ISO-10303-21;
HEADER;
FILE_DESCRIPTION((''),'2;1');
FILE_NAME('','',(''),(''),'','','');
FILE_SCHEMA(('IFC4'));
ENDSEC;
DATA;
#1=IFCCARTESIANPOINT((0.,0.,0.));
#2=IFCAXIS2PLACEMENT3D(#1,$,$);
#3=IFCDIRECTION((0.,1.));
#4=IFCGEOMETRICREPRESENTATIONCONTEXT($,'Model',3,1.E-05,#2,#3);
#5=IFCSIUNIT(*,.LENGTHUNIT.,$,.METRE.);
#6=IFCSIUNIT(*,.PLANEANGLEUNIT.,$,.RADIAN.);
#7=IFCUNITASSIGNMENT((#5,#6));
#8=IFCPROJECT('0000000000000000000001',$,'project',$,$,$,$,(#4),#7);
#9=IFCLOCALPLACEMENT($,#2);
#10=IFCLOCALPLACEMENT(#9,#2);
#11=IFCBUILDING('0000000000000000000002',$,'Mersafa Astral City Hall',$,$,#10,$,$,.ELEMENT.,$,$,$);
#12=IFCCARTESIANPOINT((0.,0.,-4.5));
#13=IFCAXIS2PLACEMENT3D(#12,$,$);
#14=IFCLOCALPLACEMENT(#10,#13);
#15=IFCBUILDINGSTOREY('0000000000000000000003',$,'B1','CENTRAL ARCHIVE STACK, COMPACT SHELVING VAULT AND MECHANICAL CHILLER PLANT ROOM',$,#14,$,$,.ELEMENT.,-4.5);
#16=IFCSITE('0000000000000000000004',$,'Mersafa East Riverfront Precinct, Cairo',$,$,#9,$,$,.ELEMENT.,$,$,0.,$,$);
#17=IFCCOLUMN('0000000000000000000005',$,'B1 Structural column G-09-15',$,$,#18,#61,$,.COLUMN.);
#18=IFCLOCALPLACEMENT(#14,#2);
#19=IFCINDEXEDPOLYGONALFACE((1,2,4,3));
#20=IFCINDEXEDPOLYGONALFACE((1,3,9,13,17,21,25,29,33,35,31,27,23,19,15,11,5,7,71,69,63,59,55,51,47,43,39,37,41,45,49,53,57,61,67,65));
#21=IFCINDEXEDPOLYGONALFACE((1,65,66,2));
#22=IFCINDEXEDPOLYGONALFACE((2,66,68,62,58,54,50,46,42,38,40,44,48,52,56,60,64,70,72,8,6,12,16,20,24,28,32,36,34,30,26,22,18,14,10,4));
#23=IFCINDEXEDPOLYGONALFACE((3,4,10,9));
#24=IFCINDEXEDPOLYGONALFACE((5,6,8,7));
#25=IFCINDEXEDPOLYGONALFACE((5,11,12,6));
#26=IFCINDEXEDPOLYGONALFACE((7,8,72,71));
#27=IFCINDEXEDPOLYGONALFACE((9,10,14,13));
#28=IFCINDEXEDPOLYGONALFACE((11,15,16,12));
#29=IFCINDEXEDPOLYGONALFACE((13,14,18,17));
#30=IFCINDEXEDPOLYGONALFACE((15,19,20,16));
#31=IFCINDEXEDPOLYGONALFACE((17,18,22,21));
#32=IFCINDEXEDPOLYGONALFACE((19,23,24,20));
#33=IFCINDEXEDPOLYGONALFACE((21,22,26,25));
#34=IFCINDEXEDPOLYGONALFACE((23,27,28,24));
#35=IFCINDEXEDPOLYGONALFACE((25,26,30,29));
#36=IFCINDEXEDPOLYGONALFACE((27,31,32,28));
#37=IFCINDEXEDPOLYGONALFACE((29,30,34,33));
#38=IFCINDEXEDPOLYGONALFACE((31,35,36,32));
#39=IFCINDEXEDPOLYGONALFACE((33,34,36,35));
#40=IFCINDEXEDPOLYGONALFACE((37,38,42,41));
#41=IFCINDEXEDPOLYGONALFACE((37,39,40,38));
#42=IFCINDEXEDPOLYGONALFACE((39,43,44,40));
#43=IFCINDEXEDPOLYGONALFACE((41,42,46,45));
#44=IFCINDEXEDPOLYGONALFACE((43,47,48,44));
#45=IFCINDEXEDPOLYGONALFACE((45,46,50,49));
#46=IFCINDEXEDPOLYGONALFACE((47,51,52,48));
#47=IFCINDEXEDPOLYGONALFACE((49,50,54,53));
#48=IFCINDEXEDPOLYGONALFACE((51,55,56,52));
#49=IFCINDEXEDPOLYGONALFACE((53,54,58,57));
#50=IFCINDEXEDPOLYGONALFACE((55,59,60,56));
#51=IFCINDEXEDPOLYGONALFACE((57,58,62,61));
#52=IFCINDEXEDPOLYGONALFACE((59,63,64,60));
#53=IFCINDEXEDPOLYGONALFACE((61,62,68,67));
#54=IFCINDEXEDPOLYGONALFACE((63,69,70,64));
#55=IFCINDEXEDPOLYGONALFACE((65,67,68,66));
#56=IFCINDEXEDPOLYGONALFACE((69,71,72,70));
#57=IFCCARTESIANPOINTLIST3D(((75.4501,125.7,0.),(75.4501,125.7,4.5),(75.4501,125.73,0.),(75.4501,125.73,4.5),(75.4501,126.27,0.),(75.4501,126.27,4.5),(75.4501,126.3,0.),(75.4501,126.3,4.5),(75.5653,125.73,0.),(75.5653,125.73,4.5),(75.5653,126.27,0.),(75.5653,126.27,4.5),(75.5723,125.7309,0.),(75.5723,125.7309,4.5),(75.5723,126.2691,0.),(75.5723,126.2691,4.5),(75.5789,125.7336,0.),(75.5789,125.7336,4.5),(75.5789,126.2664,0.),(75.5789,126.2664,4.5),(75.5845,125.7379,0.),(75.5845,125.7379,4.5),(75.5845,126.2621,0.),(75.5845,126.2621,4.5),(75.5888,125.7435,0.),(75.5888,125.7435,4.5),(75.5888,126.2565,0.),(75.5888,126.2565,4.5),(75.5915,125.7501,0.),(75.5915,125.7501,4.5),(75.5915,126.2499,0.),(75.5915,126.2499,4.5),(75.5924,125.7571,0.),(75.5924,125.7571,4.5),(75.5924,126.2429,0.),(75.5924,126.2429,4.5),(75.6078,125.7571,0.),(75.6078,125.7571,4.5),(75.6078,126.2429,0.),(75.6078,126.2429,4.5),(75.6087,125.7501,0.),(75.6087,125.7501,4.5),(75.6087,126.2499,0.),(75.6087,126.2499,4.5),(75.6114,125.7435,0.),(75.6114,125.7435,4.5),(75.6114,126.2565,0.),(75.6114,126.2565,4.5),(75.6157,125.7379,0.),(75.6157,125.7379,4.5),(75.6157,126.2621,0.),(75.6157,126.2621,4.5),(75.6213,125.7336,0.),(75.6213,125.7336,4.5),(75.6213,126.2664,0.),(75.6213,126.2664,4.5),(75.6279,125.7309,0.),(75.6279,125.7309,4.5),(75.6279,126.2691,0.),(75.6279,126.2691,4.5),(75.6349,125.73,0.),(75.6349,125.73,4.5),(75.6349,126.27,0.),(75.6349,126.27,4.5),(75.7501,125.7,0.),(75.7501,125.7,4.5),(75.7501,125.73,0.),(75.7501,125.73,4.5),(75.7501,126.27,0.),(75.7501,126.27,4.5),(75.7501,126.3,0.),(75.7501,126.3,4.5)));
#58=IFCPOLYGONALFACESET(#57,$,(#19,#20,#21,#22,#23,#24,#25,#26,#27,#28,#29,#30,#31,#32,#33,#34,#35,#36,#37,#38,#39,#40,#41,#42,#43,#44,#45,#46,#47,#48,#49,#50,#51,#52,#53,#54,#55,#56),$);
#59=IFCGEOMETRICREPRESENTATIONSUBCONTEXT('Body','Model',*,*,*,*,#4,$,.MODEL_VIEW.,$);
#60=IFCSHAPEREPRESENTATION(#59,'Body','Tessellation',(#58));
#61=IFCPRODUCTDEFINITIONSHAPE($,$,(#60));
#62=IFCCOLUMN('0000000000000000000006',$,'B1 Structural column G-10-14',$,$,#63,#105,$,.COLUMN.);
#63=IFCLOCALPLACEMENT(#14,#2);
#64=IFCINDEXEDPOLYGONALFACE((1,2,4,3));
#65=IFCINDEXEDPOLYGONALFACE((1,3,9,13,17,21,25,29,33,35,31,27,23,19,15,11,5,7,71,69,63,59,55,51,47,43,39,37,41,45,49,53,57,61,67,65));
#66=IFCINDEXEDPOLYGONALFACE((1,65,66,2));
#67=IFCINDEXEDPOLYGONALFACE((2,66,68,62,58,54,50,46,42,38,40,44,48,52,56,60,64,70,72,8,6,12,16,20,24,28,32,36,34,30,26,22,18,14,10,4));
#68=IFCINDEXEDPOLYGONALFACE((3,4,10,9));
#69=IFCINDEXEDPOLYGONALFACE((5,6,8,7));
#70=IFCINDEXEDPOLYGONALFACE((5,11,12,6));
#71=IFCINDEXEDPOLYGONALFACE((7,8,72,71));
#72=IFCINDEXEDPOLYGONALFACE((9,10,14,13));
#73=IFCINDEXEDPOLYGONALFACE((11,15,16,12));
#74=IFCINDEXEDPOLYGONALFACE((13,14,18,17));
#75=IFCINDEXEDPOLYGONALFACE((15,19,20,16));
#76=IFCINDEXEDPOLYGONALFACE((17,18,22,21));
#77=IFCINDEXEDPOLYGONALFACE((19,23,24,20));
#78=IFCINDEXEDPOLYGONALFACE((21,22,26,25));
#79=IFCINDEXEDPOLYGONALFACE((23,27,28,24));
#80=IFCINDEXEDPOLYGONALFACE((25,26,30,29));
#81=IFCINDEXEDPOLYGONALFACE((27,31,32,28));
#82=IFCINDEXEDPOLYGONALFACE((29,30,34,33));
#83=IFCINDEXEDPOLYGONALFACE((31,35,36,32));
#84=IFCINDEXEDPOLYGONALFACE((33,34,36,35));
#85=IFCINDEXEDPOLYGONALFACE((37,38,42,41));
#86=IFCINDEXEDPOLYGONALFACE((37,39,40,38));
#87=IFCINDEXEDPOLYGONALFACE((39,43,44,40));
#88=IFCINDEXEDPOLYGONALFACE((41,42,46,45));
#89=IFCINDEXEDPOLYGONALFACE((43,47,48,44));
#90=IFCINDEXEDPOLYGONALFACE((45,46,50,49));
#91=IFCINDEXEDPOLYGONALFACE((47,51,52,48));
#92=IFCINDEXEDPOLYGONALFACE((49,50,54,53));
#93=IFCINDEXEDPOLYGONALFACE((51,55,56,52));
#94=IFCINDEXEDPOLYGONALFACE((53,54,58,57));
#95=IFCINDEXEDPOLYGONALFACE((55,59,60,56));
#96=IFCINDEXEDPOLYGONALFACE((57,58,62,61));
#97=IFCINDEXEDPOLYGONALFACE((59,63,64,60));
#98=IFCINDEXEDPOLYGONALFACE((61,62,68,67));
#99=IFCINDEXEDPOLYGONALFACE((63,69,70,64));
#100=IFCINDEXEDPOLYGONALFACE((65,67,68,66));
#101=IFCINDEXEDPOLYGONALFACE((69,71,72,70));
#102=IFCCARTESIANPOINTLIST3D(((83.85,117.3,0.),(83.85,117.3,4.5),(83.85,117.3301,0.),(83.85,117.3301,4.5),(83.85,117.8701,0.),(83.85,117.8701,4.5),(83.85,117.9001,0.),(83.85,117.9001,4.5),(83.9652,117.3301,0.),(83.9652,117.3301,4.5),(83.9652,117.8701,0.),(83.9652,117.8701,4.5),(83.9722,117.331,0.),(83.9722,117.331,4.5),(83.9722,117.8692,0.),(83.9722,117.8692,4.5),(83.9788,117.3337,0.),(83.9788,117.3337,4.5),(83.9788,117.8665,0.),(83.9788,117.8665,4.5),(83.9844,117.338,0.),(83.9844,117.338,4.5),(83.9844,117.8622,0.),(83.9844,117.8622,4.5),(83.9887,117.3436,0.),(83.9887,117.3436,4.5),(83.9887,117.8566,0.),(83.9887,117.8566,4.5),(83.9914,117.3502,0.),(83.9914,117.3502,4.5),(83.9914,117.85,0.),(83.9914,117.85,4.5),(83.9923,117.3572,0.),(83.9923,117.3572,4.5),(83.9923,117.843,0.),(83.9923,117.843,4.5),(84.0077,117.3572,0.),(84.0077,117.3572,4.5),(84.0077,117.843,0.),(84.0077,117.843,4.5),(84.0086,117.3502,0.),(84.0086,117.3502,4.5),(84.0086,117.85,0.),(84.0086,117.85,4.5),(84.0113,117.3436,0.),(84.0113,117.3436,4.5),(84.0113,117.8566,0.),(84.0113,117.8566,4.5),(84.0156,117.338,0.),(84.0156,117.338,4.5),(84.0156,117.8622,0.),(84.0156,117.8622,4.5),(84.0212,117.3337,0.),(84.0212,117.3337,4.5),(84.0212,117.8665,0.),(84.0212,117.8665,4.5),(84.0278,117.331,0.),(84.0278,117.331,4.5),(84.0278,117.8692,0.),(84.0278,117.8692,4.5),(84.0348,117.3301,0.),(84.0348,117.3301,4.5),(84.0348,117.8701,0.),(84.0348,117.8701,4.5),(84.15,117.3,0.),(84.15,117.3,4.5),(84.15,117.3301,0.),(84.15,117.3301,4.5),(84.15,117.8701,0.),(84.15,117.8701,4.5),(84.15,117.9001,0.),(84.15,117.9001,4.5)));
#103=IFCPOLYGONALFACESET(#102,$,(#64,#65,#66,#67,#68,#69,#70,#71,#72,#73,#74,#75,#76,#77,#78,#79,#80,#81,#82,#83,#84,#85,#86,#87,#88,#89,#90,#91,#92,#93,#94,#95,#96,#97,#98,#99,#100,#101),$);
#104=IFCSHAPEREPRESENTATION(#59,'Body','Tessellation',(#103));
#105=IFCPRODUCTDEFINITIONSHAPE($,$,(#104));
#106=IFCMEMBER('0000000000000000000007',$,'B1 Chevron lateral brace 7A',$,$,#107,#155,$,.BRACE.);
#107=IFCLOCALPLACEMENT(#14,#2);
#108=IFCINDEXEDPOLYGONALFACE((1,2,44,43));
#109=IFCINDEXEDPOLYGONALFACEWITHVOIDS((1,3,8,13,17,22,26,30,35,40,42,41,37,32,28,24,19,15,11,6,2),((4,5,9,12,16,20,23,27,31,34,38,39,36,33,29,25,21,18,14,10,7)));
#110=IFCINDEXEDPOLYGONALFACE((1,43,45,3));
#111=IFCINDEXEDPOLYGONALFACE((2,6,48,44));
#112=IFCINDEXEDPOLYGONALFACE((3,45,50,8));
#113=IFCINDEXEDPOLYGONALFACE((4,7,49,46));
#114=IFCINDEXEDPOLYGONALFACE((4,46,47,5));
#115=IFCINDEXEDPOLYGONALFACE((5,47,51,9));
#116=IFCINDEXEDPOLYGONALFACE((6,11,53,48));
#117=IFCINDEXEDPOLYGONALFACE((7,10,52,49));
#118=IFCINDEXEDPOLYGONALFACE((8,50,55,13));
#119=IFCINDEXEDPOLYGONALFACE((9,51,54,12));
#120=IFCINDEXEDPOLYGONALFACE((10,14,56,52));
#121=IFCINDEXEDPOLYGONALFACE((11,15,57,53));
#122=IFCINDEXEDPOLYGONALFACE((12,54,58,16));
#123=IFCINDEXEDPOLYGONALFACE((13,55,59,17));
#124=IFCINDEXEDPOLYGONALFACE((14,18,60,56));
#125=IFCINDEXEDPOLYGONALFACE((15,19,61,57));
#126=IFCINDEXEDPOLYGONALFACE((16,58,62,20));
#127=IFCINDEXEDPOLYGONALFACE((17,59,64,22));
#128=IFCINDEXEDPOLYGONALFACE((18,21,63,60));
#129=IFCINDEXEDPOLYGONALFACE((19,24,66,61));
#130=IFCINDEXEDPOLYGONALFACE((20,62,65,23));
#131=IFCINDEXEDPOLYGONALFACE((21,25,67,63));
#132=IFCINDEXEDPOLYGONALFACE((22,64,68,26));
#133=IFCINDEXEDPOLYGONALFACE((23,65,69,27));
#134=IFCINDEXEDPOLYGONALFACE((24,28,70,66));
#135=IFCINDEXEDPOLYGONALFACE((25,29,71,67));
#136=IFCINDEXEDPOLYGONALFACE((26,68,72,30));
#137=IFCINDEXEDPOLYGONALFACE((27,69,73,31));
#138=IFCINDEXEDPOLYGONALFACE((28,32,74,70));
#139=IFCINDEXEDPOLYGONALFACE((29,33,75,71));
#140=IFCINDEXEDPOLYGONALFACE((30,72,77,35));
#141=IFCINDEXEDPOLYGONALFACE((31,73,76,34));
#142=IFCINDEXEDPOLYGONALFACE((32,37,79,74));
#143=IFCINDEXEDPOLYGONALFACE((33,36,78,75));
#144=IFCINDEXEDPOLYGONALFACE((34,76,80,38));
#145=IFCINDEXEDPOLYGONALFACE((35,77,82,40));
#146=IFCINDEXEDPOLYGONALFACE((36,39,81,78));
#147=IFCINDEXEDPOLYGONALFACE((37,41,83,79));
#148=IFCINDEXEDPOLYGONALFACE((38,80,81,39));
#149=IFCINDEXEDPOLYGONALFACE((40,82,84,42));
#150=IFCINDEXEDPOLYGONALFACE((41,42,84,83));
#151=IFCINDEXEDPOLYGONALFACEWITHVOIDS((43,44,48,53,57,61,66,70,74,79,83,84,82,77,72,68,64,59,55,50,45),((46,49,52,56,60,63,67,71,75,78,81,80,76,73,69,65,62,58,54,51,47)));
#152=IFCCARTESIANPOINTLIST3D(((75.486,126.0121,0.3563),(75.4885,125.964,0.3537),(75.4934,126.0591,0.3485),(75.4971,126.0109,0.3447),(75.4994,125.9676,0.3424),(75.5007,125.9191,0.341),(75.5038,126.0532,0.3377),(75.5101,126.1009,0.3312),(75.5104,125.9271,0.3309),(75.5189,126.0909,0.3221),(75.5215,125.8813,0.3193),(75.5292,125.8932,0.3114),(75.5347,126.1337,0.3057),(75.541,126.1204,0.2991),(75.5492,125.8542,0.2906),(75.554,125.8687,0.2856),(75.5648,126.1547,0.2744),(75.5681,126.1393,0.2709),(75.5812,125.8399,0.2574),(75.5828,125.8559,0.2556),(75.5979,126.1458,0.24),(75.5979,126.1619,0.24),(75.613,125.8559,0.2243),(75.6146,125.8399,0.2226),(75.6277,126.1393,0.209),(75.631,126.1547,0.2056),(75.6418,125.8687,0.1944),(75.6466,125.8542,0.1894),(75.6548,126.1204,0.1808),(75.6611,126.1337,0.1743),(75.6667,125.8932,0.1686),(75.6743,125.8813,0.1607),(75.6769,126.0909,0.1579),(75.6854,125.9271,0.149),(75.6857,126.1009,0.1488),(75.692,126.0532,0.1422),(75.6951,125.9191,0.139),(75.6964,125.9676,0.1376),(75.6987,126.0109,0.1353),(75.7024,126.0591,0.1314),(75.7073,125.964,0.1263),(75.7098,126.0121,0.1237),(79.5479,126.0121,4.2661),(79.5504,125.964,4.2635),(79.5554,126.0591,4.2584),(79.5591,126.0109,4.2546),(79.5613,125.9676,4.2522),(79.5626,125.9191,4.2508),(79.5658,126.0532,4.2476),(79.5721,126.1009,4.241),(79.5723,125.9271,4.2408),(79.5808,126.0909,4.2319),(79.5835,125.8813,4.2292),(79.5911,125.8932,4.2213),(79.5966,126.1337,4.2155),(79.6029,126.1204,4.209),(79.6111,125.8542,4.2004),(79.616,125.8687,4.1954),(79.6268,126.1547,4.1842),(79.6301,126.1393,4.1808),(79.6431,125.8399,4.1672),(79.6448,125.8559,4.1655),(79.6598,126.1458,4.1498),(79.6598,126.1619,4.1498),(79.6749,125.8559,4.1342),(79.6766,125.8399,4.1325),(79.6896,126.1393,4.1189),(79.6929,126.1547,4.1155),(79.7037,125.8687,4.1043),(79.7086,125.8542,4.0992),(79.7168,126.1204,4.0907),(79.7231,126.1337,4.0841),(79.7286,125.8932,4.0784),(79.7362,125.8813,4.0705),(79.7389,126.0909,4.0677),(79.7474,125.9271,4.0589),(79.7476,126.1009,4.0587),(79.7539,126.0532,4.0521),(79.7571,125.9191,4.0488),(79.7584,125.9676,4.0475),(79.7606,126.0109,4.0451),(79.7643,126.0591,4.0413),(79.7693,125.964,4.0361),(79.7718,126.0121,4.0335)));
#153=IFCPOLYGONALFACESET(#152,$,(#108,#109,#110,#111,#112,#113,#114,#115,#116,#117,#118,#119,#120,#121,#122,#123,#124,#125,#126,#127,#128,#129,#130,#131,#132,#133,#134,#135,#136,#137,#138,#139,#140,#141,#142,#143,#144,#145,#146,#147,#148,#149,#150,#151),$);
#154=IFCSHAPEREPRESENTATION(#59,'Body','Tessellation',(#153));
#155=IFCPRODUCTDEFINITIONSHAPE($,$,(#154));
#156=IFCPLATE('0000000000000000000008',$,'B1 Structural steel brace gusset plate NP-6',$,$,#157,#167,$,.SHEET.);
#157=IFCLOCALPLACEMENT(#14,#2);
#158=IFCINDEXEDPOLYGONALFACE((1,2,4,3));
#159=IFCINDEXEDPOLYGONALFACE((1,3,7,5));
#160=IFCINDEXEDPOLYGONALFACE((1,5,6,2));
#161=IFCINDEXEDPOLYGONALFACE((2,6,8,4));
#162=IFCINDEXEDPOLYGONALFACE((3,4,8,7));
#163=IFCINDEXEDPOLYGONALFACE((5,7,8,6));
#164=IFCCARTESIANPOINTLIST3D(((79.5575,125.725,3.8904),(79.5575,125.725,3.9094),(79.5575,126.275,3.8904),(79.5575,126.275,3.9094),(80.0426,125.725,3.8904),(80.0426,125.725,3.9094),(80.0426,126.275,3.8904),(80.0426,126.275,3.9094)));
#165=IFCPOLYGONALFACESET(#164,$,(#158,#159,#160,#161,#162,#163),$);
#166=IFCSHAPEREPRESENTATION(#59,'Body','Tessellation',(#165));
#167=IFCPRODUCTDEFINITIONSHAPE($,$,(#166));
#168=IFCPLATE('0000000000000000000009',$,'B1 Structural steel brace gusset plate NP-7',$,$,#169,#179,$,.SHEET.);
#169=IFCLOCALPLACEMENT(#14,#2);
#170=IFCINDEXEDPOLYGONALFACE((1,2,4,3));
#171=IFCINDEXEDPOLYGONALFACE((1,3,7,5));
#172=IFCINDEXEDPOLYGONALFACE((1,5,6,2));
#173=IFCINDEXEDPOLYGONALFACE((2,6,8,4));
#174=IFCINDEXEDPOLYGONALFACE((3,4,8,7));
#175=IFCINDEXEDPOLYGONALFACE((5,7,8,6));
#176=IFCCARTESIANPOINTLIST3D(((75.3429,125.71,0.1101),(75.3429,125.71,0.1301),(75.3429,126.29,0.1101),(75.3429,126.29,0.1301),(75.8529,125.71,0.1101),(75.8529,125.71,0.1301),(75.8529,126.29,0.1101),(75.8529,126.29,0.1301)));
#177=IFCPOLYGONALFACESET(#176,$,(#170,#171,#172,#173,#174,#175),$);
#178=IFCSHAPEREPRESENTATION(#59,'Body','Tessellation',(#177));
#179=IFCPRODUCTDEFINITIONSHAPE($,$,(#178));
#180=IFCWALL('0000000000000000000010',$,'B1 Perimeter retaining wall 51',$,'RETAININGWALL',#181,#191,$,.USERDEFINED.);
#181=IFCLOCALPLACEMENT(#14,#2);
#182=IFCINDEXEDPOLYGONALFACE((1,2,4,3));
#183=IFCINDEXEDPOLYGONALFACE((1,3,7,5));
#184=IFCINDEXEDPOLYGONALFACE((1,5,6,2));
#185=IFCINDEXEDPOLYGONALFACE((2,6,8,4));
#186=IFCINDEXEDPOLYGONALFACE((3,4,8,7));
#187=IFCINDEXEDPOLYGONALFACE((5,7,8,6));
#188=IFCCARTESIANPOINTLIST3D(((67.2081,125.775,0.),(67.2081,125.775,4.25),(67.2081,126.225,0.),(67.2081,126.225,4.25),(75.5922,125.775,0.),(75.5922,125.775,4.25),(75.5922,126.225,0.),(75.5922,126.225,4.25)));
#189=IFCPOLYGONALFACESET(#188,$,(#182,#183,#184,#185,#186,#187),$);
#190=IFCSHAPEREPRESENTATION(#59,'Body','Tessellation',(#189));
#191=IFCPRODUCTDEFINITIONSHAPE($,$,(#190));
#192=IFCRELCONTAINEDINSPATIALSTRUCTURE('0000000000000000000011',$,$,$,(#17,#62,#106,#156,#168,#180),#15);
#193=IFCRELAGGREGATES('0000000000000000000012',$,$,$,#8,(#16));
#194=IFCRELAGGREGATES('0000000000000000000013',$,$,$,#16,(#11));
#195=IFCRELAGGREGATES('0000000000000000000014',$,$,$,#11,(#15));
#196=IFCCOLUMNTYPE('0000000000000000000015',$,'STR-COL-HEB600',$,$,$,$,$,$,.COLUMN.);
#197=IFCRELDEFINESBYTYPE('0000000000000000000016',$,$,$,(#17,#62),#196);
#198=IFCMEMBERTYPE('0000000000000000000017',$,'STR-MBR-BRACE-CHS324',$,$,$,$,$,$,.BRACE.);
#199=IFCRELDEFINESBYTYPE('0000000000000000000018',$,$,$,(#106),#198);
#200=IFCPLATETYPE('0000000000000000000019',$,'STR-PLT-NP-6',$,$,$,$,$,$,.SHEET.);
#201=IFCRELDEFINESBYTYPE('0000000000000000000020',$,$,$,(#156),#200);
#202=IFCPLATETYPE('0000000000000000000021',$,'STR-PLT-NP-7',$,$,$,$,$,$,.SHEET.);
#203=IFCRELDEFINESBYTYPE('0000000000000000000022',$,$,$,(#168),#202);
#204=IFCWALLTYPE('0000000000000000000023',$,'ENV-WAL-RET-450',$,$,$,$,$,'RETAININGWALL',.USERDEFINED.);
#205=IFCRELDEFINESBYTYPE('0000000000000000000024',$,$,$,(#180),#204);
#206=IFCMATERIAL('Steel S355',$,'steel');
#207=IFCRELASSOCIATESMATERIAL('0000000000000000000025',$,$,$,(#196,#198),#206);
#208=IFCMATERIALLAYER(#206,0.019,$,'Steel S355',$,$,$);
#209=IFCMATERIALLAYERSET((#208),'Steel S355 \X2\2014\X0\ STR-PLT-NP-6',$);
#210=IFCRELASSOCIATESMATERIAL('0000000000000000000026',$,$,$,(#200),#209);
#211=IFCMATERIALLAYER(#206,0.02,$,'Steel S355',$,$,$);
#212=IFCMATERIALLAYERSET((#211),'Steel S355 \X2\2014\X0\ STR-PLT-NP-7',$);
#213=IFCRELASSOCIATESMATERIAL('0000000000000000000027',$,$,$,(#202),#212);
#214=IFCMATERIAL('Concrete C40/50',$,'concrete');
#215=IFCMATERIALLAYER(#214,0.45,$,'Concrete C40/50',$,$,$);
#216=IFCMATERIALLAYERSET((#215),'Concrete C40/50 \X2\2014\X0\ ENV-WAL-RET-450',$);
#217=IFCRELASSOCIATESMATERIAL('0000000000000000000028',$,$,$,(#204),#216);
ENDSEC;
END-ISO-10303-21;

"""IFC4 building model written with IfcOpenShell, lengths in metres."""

from ifc_helpers import new_model, si_unit, direction, frame, frame_2d, origin, origin_2d, place, context, subcontext, project, spatial, rectangle, hollow_circle, i_section, extrude, material, layer, layer_set, material_profile, profile_set, type_object, element, save


model = new_model("IFC4")

# Units and contexts
model_context = context("Model", 3, precision=1e-05, world=origin(), true_north=direction((0.0, 1.0)))
body_context = subcontext(model_context, "Body", "Model", "MODEL_VIEW")
ifc_project = project(units=[si_unit("LENGTHUNIT", "METRE"), si_unit("PLANEANGLEUNIT", "RADIAN")], contexts=[model_context])

# Site, building, storey
site_placement = place(None, origin())
site = spatial("IfcSite", under=ifc_project, at=site_placement, Name="Mersafa East Riverfront Precinct, Cairo", CompositionType="ELEMENT", RefElevation=0.0)
building_placement = place(site_placement, origin())
building = spatial("IfcBuilding", under=site, at=building_placement, Name="Mersafa Astral City Hall", CompositionType="ELEMENT")
storey_placement = place(building_placement, frame((0.0, 0.0, -4.5)))
storey = spatial("IfcBuildingStorey", under=building, at=storey_placement, Name="B1", Description="CENTRAL ARCHIVE STACK, COMPACT SHELVING VAULT AND MECHANICAL CHILLER PLANT ROOM", CompositionType="ELEMENT", Elevation=-4.5)

# Shared definitions
ifc_material_1 = material(Name="Concrete C40/50", Category="concrete")

# Columns
ifc_material_2 = material(Name="Steel S355", Category="steel")
ifc_material_profile_1 = material_profile(ifc_material_2, i_section(OverallWidth=0.3, OverallDepth=0.6001, WebThickness=0.0154, FlangeThickness=0.03, FilletRadius=0.0271, at=origin_2d()), Name="HEB 600")
ifc_profile_set_1 = profile_set([ifc_material_profile_1], Name="Steel S355")
column_type = type_object("IfcColumnType", Name="STR-COL-HEB600", PredefinedType="COLUMN", material=ifc_profile_set_1)
for number, where, z_axis, x_axis, name in (
    (1, (75.6001, 126.0, 0.0), (0.0, 0.0, 1.0), (1.0, 0.0, 0.0), "B1 Structural column G-09-15"),
    (2, (84.0, 117.6001, 0.0), (0.0, 0.0, 1.0), (1.0, 0.0, 0.0), "B1 Structural column G-10-14"),
):
    element("IfcColumn", number, at=place(storey_placement, frame(where, z_axis=z_axis, x_axis=x_axis)), inside=storey, type_object=column_type, Name=name, PredefinedType="COLUMN", context=body_context, shape_type="SweptSolid", body=[
        extrude(i_section(OverallWidth=0.3, OverallDepth=0.6001, WebThickness=0.0154, FlangeThickness=0.03, FilletRadius=0.0271, at=origin_2d()), origin(), (0.0, 0.0, 1.0), 4.5),
    ])

# Member
ifc_material_profile_2 = material_profile(ifc_material_2, hollow_circle(Radius=0.1619, WallThickness=0.0161, at=origin_2d()), Name="CHS 323.9x16")
ifc_profile_set_2 = profile_set([ifc_material_profile_2], Name="Steel S355")
member_type = type_object("IfcMemberType", Name="STR-MBR-BRACE-CHS324", PredefinedType="BRACE", material=ifc_profile_set_2)
member_placement = place(storey_placement, frame((75.5979, 126.0, 0.24), z_axis=(0.720467, 0.0, 0.693489), x_axis=(0.0, 1.0, 0.0)))
element("IfcMember", 3, at=member_placement, inside=storey, type_object=member_type, Name="B1 Chevron lateral brace 7A", PredefinedType="BRACE", context=body_context, shape_type="SweptSolid", body=[
    extrude(hollow_circle(Radius=0.1619, WallThickness=0.0161, at=origin_2d()), origin(), (0.0, 0.0, 1.0), 5.6379),
])

# Plates
ifc_layer_1 = layer(ifc_material_2, 0.019, Name="Steel S355")
ifc_layer_set_1 = layer_set([ifc_layer_1], Name="Steel S355 — STR-PLT-NP-6")
plate_type_1 = type_object("IfcPlateType", Name="STR-PLT-NP-6", PredefinedType="SHEET", material=ifc_layer_set_1)
plate_1_placement = place(storey_placement, frame((79.8, 126.0, 3.8904), z_axis=(0.0, 0.0, 1.0), x_axis=(1.0, 0.0, 0.0)))
element("IfcPlate", 4, at=plate_1_placement, inside=storey, type_object=plate_type_1, Name="B1 Structural steel brace gusset plate NP-6", PredefinedType="SHEET", context=body_context, shape_type="SweptSolid", body=[
    extrude(rectangle(XDim=0.4851, YDim=0.55, at=origin_2d()), origin(), (0.0, 0.0, 1.0), 0.019),
])
ifc_layer_2 = layer(ifc_material_2, 0.02, Name="Steel S355")
ifc_layer_set_2 = layer_set([ifc_layer_2], Name="Steel S355 — STR-PLT-NP-7")
plate_type_2 = type_object("IfcPlateType", Name="STR-PLT-NP-7", PredefinedType="SHEET", material=ifc_layer_set_2)
plate_2_placement = place(storey_placement, frame((75.5979, 126.0, 0.1101), z_axis=(0.0, 0.0, 1.0), x_axis=(1.0, 0.0, 0.0)))
element("IfcPlate", 5, at=plate_2_placement, inside=storey, type_object=plate_type_2, Name="B1 Structural steel brace gusset plate NP-7", PredefinedType="SHEET", context=body_context, shape_type="SweptSolid", body=[
    extrude(rectangle(XDim=0.51, YDim=0.5801, at=origin_2d()), origin(), (0.0, 0.0, 1.0), 0.02),
])

# Wall
ifc_layer_3 = layer(ifc_material_1, 0.45, Name="Concrete C40/50")
ifc_layer_set_3 = layer_set([ifc_layer_3], Name="Concrete C40/50 — ENV-WAL-RET-450")
wall_type_1 = type_object("IfcWallType", Name="ENV-WAL-RET-450", ElementType="RETAININGWALL", PredefinedType="USERDEFINED", material=ifc_layer_set_3)
for number, where, z_axis, x_axis, name in (
    (6, (75.592, 126.0, 0.0), (0.0, 0.0, 1.0), (-1.0, 0.0, 0.0), "B1 Perimeter retaining wall 51"),
):
    element("IfcWall", number, at=place(storey_placement, frame(where, z_axis=z_axis, x_axis=x_axis)), inside=storey, type_object=wall_type_1, Name=name, ObjectType="RETAININGWALL", PredefinedType="USERDEFINED", context=body_context, shape_type="SweptSolid", body=[
        extrude(rectangle(XDim=8.384, YDim=0.45, at=frame_2d((4.1919, 0.0))), origin(), (0.0, 0.0, 1.0), 4.25),
    ])

save(model, "model.ifc")
